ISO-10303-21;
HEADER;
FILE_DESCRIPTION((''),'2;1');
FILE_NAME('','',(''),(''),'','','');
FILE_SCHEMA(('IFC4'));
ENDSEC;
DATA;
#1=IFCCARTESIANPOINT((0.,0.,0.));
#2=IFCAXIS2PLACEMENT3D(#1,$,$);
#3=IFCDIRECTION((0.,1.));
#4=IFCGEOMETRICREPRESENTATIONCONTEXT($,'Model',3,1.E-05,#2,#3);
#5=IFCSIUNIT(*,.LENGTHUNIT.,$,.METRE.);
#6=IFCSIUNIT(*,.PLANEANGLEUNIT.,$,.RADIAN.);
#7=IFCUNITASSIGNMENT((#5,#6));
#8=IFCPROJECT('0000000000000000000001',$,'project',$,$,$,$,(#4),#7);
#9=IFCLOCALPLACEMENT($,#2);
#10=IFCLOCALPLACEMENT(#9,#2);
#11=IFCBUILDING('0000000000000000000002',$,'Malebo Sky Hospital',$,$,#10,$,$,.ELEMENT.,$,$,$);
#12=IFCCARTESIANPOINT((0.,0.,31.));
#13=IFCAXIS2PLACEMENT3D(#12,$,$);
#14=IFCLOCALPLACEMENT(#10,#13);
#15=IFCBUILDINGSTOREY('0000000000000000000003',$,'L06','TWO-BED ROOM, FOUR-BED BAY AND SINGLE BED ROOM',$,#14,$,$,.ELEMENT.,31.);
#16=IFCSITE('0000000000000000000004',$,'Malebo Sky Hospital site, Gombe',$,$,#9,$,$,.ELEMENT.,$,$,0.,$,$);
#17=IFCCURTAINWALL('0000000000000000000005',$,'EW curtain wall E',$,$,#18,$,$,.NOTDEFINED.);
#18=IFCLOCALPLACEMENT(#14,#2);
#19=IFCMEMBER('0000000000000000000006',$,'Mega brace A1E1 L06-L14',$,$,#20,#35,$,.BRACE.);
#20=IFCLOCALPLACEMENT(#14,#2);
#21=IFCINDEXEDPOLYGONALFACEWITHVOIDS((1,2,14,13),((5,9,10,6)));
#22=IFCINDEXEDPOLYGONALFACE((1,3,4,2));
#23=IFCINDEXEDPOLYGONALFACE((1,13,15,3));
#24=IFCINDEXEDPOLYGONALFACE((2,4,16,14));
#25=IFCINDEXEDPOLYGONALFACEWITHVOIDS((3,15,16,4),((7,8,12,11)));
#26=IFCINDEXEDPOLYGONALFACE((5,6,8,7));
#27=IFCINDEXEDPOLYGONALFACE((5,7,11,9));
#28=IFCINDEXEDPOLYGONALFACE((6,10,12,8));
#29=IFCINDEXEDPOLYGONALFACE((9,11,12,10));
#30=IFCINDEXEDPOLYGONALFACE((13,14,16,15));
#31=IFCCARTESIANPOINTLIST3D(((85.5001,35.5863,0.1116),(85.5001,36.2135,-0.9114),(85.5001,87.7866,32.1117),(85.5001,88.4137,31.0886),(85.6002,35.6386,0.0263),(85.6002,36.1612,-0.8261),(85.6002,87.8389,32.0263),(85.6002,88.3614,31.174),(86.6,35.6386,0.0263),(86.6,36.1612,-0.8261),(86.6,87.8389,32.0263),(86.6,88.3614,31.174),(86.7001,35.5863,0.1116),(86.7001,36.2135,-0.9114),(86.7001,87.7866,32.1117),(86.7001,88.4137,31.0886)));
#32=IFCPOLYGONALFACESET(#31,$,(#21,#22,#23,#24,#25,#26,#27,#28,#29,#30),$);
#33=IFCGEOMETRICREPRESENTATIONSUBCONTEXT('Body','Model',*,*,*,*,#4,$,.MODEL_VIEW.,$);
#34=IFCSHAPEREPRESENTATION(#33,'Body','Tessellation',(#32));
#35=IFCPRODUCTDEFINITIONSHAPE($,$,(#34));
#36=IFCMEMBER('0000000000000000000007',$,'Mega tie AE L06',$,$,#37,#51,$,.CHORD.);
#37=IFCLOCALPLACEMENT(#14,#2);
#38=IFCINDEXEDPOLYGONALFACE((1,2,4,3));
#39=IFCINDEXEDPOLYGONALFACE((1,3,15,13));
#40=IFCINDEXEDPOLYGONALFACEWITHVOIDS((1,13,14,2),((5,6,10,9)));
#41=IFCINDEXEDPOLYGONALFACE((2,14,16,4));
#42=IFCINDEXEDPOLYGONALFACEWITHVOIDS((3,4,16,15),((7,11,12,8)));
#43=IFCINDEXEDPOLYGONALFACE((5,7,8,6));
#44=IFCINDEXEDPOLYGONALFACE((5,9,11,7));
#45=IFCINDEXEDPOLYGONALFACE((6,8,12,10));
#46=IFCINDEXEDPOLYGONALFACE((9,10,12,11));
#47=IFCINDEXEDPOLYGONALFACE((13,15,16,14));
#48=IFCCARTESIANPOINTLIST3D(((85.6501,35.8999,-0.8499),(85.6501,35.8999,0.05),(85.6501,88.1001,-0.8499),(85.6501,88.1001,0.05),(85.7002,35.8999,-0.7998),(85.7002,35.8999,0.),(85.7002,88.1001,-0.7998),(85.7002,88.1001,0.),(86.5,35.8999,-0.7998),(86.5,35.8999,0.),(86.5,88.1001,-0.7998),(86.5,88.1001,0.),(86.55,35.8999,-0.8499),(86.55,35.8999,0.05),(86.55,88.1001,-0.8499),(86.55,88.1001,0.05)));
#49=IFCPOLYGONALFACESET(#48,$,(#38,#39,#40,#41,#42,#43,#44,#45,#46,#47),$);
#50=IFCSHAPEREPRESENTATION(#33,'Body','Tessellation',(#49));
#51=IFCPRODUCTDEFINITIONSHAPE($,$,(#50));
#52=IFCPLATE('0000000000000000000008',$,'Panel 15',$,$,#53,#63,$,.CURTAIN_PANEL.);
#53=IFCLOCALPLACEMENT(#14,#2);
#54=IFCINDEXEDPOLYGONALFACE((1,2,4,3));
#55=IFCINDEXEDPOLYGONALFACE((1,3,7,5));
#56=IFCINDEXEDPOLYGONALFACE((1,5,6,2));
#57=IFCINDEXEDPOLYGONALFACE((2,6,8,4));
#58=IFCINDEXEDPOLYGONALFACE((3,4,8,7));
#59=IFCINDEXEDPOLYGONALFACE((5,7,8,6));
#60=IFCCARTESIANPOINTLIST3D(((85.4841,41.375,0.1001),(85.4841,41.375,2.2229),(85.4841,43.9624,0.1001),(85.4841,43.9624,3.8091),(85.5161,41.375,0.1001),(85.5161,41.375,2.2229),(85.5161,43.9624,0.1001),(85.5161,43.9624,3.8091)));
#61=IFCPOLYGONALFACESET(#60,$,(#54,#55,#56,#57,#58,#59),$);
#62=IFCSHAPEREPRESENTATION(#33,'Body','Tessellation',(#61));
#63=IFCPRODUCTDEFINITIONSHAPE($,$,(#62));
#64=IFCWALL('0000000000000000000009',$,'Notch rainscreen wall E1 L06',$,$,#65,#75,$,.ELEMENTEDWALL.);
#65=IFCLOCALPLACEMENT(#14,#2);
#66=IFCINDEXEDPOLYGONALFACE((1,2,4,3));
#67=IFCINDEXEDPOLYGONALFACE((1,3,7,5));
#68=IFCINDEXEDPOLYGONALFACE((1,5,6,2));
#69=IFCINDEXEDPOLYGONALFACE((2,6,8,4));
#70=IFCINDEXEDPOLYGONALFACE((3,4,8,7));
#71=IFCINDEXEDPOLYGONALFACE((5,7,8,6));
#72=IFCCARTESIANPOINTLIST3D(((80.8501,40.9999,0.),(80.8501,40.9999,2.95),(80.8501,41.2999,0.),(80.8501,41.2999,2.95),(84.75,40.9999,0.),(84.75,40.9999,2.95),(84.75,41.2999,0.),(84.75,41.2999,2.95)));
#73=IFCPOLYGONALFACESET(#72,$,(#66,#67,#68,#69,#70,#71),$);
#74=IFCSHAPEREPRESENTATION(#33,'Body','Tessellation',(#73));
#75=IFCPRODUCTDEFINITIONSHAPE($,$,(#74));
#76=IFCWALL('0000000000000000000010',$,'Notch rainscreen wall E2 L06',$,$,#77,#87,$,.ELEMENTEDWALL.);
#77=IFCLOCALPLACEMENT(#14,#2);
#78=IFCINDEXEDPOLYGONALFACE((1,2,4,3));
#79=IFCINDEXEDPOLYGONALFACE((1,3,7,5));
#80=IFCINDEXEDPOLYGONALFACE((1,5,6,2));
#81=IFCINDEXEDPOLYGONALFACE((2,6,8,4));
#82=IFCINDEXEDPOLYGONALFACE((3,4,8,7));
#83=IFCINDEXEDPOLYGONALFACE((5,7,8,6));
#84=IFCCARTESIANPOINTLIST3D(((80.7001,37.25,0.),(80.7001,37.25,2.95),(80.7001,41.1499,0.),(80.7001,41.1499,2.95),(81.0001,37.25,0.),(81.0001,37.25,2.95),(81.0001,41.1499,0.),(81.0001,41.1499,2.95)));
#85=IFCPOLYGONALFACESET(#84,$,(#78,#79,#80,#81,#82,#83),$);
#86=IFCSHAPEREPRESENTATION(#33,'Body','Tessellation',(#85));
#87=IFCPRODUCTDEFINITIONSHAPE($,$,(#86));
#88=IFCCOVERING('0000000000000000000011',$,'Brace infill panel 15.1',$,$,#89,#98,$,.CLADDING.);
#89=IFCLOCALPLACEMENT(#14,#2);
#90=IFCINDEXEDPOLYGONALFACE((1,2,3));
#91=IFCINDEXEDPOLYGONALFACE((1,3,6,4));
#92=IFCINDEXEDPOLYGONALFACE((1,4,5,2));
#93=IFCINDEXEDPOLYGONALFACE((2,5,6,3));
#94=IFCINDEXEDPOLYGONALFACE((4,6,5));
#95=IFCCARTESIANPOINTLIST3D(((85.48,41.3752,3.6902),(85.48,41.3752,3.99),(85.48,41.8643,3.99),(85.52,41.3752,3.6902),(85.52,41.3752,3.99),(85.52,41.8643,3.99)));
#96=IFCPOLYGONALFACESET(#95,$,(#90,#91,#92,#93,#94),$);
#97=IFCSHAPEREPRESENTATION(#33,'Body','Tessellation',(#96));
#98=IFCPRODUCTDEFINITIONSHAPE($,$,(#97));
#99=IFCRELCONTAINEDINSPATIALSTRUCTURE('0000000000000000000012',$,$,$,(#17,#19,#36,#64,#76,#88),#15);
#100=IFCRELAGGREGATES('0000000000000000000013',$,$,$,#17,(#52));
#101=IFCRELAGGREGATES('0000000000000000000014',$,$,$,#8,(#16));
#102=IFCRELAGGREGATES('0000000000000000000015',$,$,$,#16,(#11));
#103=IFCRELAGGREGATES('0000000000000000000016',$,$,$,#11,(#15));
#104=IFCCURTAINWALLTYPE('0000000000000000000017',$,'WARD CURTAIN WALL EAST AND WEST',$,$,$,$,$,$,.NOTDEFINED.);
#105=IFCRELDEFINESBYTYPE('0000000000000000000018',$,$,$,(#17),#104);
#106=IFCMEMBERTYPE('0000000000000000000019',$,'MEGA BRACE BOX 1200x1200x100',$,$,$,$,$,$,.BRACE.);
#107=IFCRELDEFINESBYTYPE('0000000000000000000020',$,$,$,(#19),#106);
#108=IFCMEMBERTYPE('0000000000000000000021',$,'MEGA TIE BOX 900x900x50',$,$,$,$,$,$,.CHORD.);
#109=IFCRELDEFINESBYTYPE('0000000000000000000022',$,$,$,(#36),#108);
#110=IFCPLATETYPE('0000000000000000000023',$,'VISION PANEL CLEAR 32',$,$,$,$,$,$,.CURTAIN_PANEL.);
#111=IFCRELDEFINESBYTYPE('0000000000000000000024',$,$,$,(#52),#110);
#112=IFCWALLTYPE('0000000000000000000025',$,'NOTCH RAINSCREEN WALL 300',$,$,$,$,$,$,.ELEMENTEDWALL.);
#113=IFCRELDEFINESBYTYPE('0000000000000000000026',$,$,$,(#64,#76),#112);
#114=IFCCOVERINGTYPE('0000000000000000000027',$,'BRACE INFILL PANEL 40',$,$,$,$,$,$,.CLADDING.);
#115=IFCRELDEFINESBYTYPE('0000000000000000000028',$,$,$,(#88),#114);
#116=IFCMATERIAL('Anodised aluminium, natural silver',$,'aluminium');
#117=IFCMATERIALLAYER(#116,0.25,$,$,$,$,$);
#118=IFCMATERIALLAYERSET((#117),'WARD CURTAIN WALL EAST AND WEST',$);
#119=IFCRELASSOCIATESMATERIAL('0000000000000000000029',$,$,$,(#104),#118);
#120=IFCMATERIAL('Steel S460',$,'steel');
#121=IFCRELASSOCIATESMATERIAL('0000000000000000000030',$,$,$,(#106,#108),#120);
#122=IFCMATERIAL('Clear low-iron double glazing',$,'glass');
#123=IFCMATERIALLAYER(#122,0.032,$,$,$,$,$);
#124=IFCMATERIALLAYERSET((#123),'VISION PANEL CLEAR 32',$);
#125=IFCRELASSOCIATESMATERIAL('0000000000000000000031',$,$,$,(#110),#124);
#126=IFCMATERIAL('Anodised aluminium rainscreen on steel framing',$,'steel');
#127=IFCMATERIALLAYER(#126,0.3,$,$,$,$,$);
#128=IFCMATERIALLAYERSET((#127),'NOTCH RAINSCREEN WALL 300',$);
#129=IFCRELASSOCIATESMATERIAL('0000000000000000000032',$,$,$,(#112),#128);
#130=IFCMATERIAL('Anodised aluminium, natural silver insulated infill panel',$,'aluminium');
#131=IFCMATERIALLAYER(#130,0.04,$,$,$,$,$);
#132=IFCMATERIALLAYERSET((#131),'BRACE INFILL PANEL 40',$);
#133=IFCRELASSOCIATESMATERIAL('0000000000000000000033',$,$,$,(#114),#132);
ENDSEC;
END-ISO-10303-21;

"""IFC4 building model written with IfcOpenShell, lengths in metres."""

from ifc_helpers import new_model, si_unit, direction, frame, frame_2d, origin, origin_2d, place, context, subcontext, project, spatial, polyline, rectangle, hollow_rectangle, outline, extrude, material, layer, layer_set, material_profile, profile_set, type_object, element, aggregate, save


model = new_model("IFC4")

# Units and contexts
model_context = context("Model", 3, precision=1e-05, world=origin(), true_north=direction((0.0, 1.0)))
body_context = subcontext(model_context, "Body", "Model", "MODEL_VIEW")
ifc_project = project(units=[si_unit("LENGTHUNIT", "METRE"), si_unit("PLANEANGLEUNIT", "RADIAN")], contexts=[model_context])

# Site, building, storey
site_placement = place(None, origin())
site = spatial("IfcSite", under=ifc_project, at=site_placement, Name="Malebo Sky Hospital site, Gombe", CompositionType="ELEMENT", RefElevation=0.0)
building_placement = place(site_placement, origin())
building = spatial("IfcBuilding", under=site, at=building_placement, Name="Malebo Sky Hospital", CompositionType="ELEMENT")
storey_placement = place(building_placement, frame((0.0, 0.0, 31.0)))
storey = spatial("IfcBuildingStorey", under=building, at=storey_placement, Name="L06", Description="TWO-BED ROOM, FOUR-BED BAY AND SINGLE BED ROOM", CompositionType="ELEMENT", Elevation=31.0)

# Shared definitions
ifc_material_1 = material(Name="Steel S460", Category="steel")

# Shared definitions
ifc_material_2 = material(Name="Anodised aluminium, natural silver", Category="aluminium")

# Curtain wall
ifc_layer_1 = layer(ifc_material_2, 0.25)
ifc_layer_set_1 = layer_set([ifc_layer_1], Name="WARD CURTAIN WALL EAST AND WEST")
curtain_wall_type_1 = type_object("IfcCurtainWallType", Name="WARD CURTAIN WALL EAST AND WEST", PredefinedType="NOTDEFINED", material=ifc_layer_set_1)
curtain_wall_1_placement = place(storey_placement, origin())
curtain_wall_1 = element("IfcCurtainWall", 1, at=curtain_wall_1_placement, inside=storey, type_object=curtain_wall_type_1, Name="EW curtain wall E", PredefinedType="NOTDEFINED")

# Members
ifc_material_profile_1 = material_profile(ifc_material_1, hollow_rectangle(XDim=1.2, YDim=1.2, WallThickness=0.1001, at=origin_2d()), Name="BOX 1200x1200x100")
ifc_profile_set_1 = profile_set([ifc_material_profile_1], Name="Steel S460")
member_type_1 = type_object("IfcMemberType", Name="MEGA BRACE BOX 1200x1200x100", PredefinedType="BRACE", material=ifc_profile_set_1)
for number, where, z_axis, x_axis, name in (
    (2, (86.1001, 35.8999, -0.3999), (0.0, 0.852555, 0.522637), (-1.0, 0.0, 0.0), "Mega brace A1E1 L06-L14"),
):
    element("IfcMember", number, at=place(storey_placement, frame(where, z_axis=z_axis, x_axis=x_axis)), inside=storey, type_object=member_type_1, Name=name, PredefinedType="BRACE", context=body_context, shape_type="SweptSolid", body=[
        extrude(hollow_rectangle(XDim=1.2, YDim=1.2, WallThickness=0.1001, at=origin_2d()), origin(), (0.0, 0.0, 1.0), 61.228),
    ])
ifc_material_profile_2 = material_profile(ifc_material_1, hollow_rectangle(XDim=0.8999, YDim=0.8999, WallThickness=0.05, at=origin_2d()), Name="BOX 900x900x50")
ifc_profile_set_2 = profile_set([ifc_material_profile_2], Name="Steel S460")
member_type_2 = type_object("IfcMemberType", Name="MEGA TIE BOX 900x900x50", PredefinedType="CHORD", material=ifc_profile_set_2)
member_1_placement = place(storey_placement, frame((86.1001, 35.8999, -0.3999), z_axis=(0.0, 1.0, 0.0), x_axis=(-1.0, 0.0, 0.0)))
element("IfcMember", 3, at=member_1_placement, inside=storey, type_object=member_type_2, Name="Mega tie AE L06", PredefinedType="CHORD", context=body_context, shape_type="SweptSolid", body=[
    extrude(hollow_rectangle(XDim=0.8999, YDim=0.8999, WallThickness=0.05, at=origin_2d()), origin(), (0.0, 0.0, 1.0), 52.2002),
])

# Plate
ifc_material_3 = material(Name="Clear low-iron double glazing", Category="glass")
ifc_layer_2 = layer(ifc_material_3, 0.032)
ifc_layer_set_2 = layer_set([ifc_layer_2], Name="VISION PANEL CLEAR 32")
plate_type = type_object("IfcPlateType", Name="VISION PANEL CLEAR 32", PredefinedType="CURTAIN_PANEL", material=ifc_layer_set_2)
plate_placement = place(storey_placement, frame((85.5, 42.6687, 0.1001), z_axis=(0.0, 0.0, 1.0), x_axis=(0.0, -1.0, 0.0)))
plate = element("IfcPlate", 4, at=plate_placement, type_object=plate_type, Name="Panel 15", PredefinedType="CURTAIN_PANEL", context=body_context, shape_type="SweptSolid", body=[
    extrude(outline(polyline([(-1.2937, 0.0), (1.2937, 0.0), (1.2937, 2.1228), (-1.2937, 3.709), (-1.2937, 0.0)])), frame((0.0, 0.0161, 0.0), z_axis=(0.0, -1.0, 0.0), x_axis=(1.0, 0.0, 0.0)), (0.0, 0.0, 1.0), 0.032),
])
aggregate(curtain_wall_1, [plate])

# Walls
ifc_material_4 = material(Name="Anodised aluminium rainscreen on steel framing", Category="steel")
ifc_layer_3 = layer(ifc_material_4, 0.3)
ifc_layer_set_3 = layer_set([ifc_layer_3], Name="NOTCH RAINSCREEN WALL 300")
wall_type = type_object("IfcWallType", Name="NOTCH RAINSCREEN WALL 300", PredefinedType="ELEMENTEDWALL", material=ifc_layer_set_3)
for number, where, z_axis, x_axis, name in (
    (5, (84.75, 41.1499, 0.0), (0.0, 0.0, 1.0), (-1.0, 0.0, 0.0), "Notch rainscreen wall E1 L06"),
    (6, (80.8501, 41.1499, 0.0), (0.0, 0.0, 1.0), (0.0, -1.0, 0.0), "Notch rainscreen wall E2 L06"),
):
    element("IfcWall", number, at=place(storey_placement, frame(where, z_axis=z_axis, x_axis=x_axis)), inside=storey, type_object=wall_type, Name=name, PredefinedType="ELEMENTEDWALL", context=body_context, shape_type="SweptSolid", body=[
        extrude(rectangle(XDim=3.8999, YDim=0.3, at=frame_2d((1.95, 0.0))), origin(), (0.0, 0.0, 1.0), 2.95),
    ])

# Covering
ifc_material_5 = material(Name="Anodised aluminium, natural silver insulated infill panel", Category="aluminium")
ifc_layer_4 = layer(ifc_material_5, 0.04)
ifc_layer_set_4 = layer_set([ifc_layer_4], Name="BRACE INFILL PANEL 40")
covering_type = type_object("IfcCoveringType", Name="BRACE INFILL PANEL 40", PredefinedType="CLADDING", material=ifc_layer_set_4)
covering_placement = place(storey_placement, frame((85.5, 41.6196, 3.6902), z_axis=(0.0, 0.0, 1.0), x_axis=(0.0, -1.0, 0.0)))
element("IfcCovering", 7, at=covering_placement, inside=storey, type_object=covering_type, Name="Brace infill panel 15.1", PredefinedType="CLADDING", context=body_context, shape_type="SweptSolid", body=[
    extrude(outline(polyline([(0.2444, 0.0), (0.2444, 0.2998), (-0.2446, 0.2998), (0.2444, 0.0)])), frame((0.0, 0.02, 0.0), z_axis=(0.0, -1.0, 0.0), x_axis=(1.0, 0.0, 0.0)), (0.0, 0.0, 1.0), 0.04),
])

save(model, "model.ifc")
